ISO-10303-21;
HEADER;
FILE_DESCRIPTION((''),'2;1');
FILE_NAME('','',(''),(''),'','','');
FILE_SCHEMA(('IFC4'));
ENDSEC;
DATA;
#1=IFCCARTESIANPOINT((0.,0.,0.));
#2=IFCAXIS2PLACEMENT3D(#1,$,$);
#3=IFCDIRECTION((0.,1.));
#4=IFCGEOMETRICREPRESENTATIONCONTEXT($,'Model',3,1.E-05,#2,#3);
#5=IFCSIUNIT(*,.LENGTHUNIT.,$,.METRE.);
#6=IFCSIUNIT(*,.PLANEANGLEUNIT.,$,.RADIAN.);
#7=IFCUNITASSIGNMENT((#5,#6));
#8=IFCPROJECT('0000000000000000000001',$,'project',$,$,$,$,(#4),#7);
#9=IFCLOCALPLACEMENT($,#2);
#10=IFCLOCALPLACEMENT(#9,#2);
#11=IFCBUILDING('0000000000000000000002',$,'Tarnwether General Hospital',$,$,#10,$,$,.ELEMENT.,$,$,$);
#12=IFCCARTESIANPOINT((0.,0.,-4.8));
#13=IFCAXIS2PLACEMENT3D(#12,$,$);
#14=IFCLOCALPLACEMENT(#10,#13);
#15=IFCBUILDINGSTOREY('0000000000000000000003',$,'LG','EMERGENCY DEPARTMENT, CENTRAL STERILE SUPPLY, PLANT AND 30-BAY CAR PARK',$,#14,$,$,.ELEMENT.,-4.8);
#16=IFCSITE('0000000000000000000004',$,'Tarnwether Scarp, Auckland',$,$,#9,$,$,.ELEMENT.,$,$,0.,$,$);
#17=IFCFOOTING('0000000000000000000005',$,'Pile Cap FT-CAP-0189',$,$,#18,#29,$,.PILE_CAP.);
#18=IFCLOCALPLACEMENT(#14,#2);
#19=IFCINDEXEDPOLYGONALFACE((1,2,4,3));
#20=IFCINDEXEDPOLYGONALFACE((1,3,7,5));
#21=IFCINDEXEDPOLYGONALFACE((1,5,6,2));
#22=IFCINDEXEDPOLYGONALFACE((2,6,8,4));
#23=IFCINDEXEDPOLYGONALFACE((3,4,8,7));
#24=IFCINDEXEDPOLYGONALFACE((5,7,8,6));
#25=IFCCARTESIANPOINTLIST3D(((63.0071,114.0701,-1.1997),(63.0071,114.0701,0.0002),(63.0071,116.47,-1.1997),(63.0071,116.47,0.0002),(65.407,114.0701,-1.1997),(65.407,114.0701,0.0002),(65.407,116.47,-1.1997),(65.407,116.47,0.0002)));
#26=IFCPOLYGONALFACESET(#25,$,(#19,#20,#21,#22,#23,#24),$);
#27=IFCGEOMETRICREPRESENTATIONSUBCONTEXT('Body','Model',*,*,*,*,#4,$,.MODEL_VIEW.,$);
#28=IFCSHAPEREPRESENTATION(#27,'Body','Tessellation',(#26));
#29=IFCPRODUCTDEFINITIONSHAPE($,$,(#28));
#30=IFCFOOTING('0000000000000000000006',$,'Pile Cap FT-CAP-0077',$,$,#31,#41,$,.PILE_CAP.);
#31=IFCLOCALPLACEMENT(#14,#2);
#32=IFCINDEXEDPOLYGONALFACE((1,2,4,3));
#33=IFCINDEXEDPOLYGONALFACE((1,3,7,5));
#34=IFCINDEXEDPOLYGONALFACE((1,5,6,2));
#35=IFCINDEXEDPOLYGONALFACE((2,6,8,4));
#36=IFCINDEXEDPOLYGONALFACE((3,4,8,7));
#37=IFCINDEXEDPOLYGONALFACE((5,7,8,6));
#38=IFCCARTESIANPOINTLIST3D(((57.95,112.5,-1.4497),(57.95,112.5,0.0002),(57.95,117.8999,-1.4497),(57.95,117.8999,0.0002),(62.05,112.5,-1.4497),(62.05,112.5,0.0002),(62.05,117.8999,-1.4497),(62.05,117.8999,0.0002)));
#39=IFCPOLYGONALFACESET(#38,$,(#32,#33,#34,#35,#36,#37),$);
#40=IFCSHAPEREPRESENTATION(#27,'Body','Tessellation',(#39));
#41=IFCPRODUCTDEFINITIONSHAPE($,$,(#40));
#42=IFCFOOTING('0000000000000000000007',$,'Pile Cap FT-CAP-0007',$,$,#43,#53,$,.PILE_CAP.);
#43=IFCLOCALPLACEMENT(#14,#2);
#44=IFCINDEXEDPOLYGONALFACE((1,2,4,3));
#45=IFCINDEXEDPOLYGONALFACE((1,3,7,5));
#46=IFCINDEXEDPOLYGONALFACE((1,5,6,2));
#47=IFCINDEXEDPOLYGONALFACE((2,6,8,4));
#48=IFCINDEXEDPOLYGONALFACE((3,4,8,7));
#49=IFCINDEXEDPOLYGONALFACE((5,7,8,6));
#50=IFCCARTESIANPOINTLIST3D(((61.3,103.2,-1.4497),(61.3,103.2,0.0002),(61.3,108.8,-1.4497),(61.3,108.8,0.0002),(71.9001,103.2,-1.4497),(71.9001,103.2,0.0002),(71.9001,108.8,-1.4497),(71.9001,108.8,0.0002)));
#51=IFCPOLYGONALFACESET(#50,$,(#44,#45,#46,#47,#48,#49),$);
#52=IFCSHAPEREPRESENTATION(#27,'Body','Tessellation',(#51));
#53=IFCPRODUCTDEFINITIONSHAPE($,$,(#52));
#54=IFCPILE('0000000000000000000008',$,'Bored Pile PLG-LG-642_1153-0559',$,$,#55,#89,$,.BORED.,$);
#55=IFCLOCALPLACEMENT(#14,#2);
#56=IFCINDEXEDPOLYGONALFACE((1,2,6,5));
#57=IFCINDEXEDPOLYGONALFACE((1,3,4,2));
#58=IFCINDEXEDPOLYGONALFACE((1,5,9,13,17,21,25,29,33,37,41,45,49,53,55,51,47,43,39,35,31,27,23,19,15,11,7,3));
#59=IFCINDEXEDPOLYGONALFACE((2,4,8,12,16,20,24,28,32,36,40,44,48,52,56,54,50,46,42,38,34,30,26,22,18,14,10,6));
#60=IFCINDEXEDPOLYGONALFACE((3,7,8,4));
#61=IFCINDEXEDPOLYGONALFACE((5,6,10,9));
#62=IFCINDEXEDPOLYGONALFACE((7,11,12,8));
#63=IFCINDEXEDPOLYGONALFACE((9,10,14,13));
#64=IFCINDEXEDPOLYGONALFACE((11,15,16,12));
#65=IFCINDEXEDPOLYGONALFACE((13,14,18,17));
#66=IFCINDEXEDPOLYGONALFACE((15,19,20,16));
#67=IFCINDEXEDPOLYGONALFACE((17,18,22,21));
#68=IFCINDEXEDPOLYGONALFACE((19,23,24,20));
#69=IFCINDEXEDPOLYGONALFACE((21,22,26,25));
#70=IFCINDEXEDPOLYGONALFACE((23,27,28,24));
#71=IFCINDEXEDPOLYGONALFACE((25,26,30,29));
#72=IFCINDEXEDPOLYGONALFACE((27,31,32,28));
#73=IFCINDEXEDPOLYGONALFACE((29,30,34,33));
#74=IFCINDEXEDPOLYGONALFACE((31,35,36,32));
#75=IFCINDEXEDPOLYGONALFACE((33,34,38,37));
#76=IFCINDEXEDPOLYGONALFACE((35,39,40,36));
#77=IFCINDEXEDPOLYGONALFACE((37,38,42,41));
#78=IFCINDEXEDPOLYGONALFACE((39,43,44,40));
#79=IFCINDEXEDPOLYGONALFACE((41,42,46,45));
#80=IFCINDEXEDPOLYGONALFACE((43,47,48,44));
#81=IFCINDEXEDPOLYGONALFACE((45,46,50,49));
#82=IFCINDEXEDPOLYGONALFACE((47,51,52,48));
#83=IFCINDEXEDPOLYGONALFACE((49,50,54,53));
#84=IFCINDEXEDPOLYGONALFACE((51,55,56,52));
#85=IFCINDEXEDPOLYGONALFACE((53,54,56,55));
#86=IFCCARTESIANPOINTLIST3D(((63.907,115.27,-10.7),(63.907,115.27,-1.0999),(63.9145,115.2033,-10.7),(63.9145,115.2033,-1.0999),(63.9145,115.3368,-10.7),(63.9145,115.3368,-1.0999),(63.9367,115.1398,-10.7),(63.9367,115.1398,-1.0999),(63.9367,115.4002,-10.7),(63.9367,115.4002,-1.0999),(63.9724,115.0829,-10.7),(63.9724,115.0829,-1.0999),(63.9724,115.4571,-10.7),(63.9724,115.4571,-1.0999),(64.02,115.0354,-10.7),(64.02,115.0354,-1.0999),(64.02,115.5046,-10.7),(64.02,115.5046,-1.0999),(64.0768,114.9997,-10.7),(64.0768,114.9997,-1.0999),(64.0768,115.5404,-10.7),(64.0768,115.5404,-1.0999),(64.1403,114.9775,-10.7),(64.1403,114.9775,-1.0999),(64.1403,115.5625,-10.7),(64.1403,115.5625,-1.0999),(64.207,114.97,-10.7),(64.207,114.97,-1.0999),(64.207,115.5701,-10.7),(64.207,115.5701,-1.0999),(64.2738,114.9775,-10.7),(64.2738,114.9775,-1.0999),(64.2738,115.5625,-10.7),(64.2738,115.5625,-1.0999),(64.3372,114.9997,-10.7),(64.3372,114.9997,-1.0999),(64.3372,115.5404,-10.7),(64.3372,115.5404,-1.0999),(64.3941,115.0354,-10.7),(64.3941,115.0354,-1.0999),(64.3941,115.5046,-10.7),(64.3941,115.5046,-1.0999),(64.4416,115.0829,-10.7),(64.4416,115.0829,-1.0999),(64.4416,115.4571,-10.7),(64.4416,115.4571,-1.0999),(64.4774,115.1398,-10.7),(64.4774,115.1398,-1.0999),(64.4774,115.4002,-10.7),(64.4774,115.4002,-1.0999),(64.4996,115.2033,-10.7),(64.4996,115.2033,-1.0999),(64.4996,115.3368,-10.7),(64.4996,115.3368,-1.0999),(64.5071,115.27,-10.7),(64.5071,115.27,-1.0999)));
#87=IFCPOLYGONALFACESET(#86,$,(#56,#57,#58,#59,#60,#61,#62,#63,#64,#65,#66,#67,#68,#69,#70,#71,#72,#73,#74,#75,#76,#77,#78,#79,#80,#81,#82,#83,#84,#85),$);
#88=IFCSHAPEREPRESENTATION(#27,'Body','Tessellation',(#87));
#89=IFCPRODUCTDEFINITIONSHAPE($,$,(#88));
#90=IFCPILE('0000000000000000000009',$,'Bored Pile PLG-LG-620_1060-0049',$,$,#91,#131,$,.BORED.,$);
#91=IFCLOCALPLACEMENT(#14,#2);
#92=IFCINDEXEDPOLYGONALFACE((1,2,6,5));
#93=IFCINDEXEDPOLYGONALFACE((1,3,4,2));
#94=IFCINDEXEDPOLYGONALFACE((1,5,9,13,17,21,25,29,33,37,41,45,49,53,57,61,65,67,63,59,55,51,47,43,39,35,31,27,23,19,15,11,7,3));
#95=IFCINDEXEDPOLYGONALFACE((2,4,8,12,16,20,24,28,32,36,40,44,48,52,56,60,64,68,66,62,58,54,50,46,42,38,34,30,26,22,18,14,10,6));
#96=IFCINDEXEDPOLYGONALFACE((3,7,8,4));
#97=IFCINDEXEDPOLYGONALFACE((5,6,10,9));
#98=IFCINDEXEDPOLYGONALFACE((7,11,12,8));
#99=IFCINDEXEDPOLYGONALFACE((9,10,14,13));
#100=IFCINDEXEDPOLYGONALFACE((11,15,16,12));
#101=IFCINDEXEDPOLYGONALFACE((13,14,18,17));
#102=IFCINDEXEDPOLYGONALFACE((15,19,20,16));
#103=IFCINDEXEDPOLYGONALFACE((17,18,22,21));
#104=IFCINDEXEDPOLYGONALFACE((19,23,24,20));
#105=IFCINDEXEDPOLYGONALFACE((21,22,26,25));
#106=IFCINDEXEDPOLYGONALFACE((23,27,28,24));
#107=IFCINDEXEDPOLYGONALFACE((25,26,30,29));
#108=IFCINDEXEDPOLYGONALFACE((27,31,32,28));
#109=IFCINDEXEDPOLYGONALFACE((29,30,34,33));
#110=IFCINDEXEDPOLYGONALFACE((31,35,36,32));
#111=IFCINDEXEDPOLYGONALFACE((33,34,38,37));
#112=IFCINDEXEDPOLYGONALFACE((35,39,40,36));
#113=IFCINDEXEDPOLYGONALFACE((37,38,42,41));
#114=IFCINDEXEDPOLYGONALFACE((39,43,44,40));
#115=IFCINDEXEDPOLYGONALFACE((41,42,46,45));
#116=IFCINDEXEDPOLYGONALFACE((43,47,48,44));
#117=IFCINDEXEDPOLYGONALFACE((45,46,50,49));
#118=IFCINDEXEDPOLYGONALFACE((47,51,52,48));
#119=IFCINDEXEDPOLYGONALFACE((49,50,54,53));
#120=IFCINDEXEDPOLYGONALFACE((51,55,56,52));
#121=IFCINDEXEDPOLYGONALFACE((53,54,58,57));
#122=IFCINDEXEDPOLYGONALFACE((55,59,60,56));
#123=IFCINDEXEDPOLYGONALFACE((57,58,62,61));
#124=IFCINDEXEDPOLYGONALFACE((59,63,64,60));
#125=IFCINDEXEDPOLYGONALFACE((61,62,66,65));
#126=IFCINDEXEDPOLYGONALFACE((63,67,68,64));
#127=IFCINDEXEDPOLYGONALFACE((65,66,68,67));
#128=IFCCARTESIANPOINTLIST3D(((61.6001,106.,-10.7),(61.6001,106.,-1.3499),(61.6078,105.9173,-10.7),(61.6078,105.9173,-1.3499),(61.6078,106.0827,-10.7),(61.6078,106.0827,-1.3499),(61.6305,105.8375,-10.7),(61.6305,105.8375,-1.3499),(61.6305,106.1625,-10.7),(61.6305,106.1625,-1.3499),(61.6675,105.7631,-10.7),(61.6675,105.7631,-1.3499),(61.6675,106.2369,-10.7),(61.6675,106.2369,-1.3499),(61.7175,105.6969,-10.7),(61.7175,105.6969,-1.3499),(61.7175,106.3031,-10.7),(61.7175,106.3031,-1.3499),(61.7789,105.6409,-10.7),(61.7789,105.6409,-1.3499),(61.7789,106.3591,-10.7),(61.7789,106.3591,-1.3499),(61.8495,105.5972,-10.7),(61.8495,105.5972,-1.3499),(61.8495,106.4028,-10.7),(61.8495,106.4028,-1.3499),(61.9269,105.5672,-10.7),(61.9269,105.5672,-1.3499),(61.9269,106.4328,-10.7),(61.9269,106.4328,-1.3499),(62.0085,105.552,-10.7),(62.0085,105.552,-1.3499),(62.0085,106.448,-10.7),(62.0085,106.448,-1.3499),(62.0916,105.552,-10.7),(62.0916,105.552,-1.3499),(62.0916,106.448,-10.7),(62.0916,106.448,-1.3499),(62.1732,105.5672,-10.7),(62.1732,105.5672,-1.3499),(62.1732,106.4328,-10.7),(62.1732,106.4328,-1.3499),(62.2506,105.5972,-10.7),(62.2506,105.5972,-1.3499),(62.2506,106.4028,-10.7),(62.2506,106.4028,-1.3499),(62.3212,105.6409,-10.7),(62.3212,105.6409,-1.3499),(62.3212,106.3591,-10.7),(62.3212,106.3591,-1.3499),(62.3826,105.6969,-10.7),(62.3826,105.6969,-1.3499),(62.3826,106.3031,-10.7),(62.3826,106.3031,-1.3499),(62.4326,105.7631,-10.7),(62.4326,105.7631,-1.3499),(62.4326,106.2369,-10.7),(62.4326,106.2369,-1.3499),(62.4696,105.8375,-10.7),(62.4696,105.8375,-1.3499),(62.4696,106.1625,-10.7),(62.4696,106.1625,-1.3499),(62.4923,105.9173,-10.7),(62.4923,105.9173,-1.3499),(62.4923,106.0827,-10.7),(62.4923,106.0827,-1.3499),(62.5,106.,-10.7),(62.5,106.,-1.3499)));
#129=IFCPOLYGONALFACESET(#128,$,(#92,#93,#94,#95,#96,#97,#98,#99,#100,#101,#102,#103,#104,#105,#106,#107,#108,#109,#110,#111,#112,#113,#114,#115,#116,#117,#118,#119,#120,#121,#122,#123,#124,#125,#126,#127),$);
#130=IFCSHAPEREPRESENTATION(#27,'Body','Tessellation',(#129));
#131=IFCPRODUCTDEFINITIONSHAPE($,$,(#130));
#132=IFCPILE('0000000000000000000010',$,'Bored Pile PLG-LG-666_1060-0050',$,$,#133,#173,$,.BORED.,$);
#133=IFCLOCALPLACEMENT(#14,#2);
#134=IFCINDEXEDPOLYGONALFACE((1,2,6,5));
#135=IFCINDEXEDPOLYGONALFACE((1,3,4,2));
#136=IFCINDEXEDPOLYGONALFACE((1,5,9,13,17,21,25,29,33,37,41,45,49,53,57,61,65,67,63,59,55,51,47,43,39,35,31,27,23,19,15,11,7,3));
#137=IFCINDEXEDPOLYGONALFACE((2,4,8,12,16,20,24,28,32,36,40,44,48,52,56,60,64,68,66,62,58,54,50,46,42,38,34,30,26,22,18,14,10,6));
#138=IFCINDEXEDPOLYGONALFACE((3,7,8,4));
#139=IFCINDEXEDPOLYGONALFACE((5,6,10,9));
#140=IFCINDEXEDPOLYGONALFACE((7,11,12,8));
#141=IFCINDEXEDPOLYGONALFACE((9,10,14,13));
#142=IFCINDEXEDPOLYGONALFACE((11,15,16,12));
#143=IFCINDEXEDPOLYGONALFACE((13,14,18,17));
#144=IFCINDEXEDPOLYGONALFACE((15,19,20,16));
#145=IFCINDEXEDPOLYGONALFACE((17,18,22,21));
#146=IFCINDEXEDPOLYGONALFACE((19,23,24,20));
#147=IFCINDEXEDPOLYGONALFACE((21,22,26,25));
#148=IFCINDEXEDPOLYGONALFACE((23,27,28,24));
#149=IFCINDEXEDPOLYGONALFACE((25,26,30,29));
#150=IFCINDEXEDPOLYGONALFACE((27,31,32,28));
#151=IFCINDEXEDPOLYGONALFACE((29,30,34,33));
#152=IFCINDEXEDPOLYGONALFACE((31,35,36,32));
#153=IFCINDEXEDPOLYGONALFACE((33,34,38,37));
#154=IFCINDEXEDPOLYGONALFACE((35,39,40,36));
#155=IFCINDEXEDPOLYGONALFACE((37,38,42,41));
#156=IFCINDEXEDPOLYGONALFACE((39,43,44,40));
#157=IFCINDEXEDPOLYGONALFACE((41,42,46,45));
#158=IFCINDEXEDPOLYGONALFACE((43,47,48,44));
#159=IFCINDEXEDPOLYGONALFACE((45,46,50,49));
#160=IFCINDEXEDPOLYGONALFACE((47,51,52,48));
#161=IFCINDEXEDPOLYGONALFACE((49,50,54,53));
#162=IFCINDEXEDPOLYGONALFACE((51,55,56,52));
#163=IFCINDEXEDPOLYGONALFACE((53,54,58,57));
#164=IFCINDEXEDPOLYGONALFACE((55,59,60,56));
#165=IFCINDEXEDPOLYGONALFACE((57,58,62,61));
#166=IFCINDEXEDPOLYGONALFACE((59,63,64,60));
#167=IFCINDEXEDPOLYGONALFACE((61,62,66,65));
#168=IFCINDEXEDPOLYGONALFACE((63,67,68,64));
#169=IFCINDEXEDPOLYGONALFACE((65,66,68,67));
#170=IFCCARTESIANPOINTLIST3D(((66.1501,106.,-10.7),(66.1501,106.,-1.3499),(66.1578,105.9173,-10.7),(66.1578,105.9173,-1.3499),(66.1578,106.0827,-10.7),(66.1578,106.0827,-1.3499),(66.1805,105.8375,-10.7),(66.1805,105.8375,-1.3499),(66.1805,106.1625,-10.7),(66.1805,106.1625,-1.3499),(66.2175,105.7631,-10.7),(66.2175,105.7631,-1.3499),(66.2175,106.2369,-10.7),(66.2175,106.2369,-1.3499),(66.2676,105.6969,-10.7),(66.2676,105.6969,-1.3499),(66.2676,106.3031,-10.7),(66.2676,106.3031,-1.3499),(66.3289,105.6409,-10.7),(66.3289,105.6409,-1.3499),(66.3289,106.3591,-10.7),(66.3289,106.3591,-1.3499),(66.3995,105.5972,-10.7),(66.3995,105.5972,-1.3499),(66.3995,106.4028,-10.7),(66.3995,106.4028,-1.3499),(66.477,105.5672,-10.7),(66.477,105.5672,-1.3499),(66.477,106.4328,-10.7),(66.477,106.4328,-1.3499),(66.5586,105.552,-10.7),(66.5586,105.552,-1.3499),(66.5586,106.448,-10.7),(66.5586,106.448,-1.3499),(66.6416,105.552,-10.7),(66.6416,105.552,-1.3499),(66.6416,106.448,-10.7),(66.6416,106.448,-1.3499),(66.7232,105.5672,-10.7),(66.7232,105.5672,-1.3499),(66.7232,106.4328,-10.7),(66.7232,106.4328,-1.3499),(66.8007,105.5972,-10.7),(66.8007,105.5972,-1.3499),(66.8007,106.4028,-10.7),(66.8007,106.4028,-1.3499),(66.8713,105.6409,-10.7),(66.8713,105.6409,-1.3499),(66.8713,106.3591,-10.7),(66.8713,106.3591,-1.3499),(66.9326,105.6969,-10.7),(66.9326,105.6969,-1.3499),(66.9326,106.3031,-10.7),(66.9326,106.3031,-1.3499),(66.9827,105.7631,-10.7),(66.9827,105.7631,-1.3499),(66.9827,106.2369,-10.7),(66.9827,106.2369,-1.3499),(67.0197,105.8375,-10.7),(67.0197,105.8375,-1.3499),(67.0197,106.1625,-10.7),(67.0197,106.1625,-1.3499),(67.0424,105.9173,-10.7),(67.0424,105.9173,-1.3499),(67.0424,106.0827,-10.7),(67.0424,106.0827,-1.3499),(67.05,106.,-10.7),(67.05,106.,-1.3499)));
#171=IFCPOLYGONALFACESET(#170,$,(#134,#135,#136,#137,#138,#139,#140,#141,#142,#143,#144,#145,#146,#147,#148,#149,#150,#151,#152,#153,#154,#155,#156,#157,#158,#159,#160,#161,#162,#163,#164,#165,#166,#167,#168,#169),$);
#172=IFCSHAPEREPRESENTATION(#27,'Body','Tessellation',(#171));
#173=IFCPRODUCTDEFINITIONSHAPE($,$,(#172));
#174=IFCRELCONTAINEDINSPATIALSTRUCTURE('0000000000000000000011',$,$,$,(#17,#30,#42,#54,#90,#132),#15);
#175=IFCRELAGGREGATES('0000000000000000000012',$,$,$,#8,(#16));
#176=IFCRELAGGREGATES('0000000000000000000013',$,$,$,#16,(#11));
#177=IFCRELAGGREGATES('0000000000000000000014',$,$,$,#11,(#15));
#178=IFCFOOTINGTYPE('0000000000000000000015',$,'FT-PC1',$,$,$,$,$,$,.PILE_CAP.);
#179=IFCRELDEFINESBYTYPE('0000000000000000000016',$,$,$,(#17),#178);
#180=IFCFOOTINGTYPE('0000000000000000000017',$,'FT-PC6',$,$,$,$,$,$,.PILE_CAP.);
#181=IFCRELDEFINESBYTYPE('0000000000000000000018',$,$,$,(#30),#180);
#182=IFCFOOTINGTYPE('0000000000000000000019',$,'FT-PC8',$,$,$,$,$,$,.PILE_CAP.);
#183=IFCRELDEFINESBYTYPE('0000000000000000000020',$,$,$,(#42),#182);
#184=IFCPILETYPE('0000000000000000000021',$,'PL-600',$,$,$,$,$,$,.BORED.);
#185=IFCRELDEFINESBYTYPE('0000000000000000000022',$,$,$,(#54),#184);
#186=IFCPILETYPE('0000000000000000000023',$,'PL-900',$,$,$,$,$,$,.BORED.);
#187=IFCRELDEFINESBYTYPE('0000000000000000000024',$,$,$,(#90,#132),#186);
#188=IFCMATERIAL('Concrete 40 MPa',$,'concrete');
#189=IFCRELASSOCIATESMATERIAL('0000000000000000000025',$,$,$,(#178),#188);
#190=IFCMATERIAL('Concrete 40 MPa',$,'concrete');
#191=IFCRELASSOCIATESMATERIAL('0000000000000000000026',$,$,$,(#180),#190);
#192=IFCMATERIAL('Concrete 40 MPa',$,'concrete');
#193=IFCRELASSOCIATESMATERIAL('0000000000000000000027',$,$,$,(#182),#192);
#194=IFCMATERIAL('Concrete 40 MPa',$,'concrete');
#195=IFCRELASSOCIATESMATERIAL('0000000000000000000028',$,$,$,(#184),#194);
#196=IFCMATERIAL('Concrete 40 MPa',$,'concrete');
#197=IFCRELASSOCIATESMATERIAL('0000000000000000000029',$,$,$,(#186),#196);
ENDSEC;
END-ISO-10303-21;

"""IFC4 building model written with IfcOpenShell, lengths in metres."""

from ifc_helpers import new_model, si_unit, direction, frame, origin, origin_2d, place, context, subcontext, project, spatial, rectangle, circle, extrude, material, material_profile, profile_set, type_object, element, save


model = new_model("IFC4")

# Units and contexts
model_context = context("Model", 3, precision=1e-05, world=origin(), true_north=direction((0.0, 1.0)))
body_context = subcontext(model_context, "Body", "Model", "MODEL_VIEW")
ifc_project = project(units=[si_unit("LENGTHUNIT", "METRE"), si_unit("PLANEANGLEUNIT", "RADIAN")], contexts=[model_context])

# Site, building, storey
site_placement = place(None, origin())
site = spatial("IfcSite", under=ifc_project, at=site_placement, Name="Tarnwether Scarp, Auckland", CompositionType="ELEMENT", RefElevation=0.0)
building_placement = place(site_placement, origin())
building = spatial("IfcBuilding", under=site, at=building_placement, Name="Tarnwether General Hospital", CompositionType="ELEMENT")
storey_placement = place(building_placement, frame((0.0, 0.0, -4.8)))
storey = spatial("IfcBuildingStorey", under=building, at=storey_placement, Name="LG", Description="EMERGENCY DEPARTMENT, CENTRAL STERILE SUPPLY, PLANT AND 30-BAY CAR PARK", CompositionType="ELEMENT", Elevation=-4.8)

# Footings
ifc_material_1 = material(Name="Concrete 40 MPa", Category="concrete")
footing_type_1 = type_object("IfcFootingType", Name="FT-PC1", PredefinedType="PILE_CAP", material=ifc_material_1)
footing_1_placement = place(storey_placement, frame((64.207, 115.27, -1.1997), z_axis=(0.0, 0.0, 1.0), x_axis=(1.0, 0.0, 0.0)))
element("IfcFooting", 1, at=footing_1_placement, inside=storey, type_object=footing_type_1, Name="Pile Cap FT-CAP-0189", PredefinedType="PILE_CAP", context=body_context, shape_type="SweptSolid", body=[
    extrude(rectangle(XDim=2.3999, YDim=2.3999, at=origin_2d()), origin(), (0.0, 0.0, 1.0), 1.2),
])
ifc_material_2 = material(Name="Concrete 40 MPa", Category="concrete")
footing_type_2 = type_object("IfcFootingType", Name="FT-PC6", PredefinedType="PILE_CAP", material=ifc_material_2)
footing_2_placement = place(storey_placement, frame((60.0, 115.2, -1.4497), z_axis=(0.0, 0.0, 1.0), x_axis=(0.0, 1.0, 0.0)))
element("IfcFooting", 2, at=footing_2_placement, inside=storey, type_object=footing_type_2, Name="Pile Cap FT-CAP-0077", PredefinedType="PILE_CAP", context=body_context, shape_type="SweptSolid", body=[
    extrude(rectangle(XDim=5.3999, YDim=4.1001, at=origin_2d()), origin(), (0.0, 0.0, 1.0), 1.45),
])
ifc_material_3 = material(Name="Concrete 40 MPa", Category="concrete")
footing_type_3 = type_object("IfcFootingType", Name="FT-PC8", PredefinedType="PILE_CAP", material=ifc_material_3)
footing_3_placement = place(storey_placement, frame((66.6001, 106.0, -1.4497), z_axis=(0.0, 0.0, 1.0), x_axis=(1.0, 0.0, 0.0)))
element("IfcFooting", 3, at=footing_3_placement, inside=storey, type_object=footing_type_3, Name="Pile Cap FT-CAP-0007", PredefinedType="PILE_CAP", context=body_context, shape_type="SweptSolid", body=[
    extrude(rectangle(XDim=10.6001, YDim=5.6001, at=origin_2d()), origin(), (0.0, 0.0, 1.0), 1.45),
])

# Piles
ifc_material_4 = material(Name="Concrete 40 MPa", Category="concrete")
ifc_material_profile_1 = material_profile(ifc_material_4, circle(Radius=0.3, at=origin_2d()), Name="PILE-D600")
ifc_profile_set_1 = profile_set([ifc_material_profile_1], Name="Concrete 40 MPa")
pile_type_1 = type_object("IfcPileType", Name="PL-600", PredefinedType="BORED", material=ifc_profile_set_1)
pile_placement = place(storey_placement, frame((64.207, 115.27, -1.0999), z_axis=(0.0, 0.0, -1.0), x_axis=(1.0, 0.0, 0.0)))
element("IfcPile", 4, at=pile_placement, inside=storey, type_object=pile_type_1, Name="Bored Pile PLG-LG-642_1153-0559", PredefinedType="BORED", context=body_context, shape_type="SweptSolid", body=[
    extrude(circle(Radius=0.3, at=origin_2d()), origin(), (0.0, 0.0, 1.0), 9.6001),
])
ifc_material_5 = material(Name="Concrete 40 MPa", Category="concrete")
ifc_material_profile_2 = material_profile(ifc_material_5, circle(Radius=0.45, at=origin_2d()), Name="PILE-D900")
ifc_profile_set_2 = profile_set([ifc_material_profile_2], Name="Concrete 40 MPa")
pile_type_2 = type_object("IfcPileType", Name="PL-900", PredefinedType="BORED", material=ifc_profile_set_2)
for number, where, z_axis, x_axis, name in (
    (5, (62.05, 106.0, -1.3499), (0.0, 0.0, -1.0), (1.0, 0.0, 0.0), "Bored Pile PLG-LG-620_1060-0049"),
    (6, (66.6001, 106.0, -1.3499), (0.0, 0.0, -1.0), (1.0, 0.0, 0.0), "Bored Pile PLG-LG-666_1060-0050"),
):
    element("IfcPile", number, at=place(storey_placement, frame(where, z_axis=z_axis, x_axis=x_axis)), inside=storey, type_object=pile_type_2, Name=name, PredefinedType="BORED", context=body_context, shape_type="SweptSolid", body=[
        extrude(circle(Radius=0.45, at=origin_2d()), origin(), (0.0, 0.0, 1.0), 9.3501),
    ])

save(model, "model.ifc")
